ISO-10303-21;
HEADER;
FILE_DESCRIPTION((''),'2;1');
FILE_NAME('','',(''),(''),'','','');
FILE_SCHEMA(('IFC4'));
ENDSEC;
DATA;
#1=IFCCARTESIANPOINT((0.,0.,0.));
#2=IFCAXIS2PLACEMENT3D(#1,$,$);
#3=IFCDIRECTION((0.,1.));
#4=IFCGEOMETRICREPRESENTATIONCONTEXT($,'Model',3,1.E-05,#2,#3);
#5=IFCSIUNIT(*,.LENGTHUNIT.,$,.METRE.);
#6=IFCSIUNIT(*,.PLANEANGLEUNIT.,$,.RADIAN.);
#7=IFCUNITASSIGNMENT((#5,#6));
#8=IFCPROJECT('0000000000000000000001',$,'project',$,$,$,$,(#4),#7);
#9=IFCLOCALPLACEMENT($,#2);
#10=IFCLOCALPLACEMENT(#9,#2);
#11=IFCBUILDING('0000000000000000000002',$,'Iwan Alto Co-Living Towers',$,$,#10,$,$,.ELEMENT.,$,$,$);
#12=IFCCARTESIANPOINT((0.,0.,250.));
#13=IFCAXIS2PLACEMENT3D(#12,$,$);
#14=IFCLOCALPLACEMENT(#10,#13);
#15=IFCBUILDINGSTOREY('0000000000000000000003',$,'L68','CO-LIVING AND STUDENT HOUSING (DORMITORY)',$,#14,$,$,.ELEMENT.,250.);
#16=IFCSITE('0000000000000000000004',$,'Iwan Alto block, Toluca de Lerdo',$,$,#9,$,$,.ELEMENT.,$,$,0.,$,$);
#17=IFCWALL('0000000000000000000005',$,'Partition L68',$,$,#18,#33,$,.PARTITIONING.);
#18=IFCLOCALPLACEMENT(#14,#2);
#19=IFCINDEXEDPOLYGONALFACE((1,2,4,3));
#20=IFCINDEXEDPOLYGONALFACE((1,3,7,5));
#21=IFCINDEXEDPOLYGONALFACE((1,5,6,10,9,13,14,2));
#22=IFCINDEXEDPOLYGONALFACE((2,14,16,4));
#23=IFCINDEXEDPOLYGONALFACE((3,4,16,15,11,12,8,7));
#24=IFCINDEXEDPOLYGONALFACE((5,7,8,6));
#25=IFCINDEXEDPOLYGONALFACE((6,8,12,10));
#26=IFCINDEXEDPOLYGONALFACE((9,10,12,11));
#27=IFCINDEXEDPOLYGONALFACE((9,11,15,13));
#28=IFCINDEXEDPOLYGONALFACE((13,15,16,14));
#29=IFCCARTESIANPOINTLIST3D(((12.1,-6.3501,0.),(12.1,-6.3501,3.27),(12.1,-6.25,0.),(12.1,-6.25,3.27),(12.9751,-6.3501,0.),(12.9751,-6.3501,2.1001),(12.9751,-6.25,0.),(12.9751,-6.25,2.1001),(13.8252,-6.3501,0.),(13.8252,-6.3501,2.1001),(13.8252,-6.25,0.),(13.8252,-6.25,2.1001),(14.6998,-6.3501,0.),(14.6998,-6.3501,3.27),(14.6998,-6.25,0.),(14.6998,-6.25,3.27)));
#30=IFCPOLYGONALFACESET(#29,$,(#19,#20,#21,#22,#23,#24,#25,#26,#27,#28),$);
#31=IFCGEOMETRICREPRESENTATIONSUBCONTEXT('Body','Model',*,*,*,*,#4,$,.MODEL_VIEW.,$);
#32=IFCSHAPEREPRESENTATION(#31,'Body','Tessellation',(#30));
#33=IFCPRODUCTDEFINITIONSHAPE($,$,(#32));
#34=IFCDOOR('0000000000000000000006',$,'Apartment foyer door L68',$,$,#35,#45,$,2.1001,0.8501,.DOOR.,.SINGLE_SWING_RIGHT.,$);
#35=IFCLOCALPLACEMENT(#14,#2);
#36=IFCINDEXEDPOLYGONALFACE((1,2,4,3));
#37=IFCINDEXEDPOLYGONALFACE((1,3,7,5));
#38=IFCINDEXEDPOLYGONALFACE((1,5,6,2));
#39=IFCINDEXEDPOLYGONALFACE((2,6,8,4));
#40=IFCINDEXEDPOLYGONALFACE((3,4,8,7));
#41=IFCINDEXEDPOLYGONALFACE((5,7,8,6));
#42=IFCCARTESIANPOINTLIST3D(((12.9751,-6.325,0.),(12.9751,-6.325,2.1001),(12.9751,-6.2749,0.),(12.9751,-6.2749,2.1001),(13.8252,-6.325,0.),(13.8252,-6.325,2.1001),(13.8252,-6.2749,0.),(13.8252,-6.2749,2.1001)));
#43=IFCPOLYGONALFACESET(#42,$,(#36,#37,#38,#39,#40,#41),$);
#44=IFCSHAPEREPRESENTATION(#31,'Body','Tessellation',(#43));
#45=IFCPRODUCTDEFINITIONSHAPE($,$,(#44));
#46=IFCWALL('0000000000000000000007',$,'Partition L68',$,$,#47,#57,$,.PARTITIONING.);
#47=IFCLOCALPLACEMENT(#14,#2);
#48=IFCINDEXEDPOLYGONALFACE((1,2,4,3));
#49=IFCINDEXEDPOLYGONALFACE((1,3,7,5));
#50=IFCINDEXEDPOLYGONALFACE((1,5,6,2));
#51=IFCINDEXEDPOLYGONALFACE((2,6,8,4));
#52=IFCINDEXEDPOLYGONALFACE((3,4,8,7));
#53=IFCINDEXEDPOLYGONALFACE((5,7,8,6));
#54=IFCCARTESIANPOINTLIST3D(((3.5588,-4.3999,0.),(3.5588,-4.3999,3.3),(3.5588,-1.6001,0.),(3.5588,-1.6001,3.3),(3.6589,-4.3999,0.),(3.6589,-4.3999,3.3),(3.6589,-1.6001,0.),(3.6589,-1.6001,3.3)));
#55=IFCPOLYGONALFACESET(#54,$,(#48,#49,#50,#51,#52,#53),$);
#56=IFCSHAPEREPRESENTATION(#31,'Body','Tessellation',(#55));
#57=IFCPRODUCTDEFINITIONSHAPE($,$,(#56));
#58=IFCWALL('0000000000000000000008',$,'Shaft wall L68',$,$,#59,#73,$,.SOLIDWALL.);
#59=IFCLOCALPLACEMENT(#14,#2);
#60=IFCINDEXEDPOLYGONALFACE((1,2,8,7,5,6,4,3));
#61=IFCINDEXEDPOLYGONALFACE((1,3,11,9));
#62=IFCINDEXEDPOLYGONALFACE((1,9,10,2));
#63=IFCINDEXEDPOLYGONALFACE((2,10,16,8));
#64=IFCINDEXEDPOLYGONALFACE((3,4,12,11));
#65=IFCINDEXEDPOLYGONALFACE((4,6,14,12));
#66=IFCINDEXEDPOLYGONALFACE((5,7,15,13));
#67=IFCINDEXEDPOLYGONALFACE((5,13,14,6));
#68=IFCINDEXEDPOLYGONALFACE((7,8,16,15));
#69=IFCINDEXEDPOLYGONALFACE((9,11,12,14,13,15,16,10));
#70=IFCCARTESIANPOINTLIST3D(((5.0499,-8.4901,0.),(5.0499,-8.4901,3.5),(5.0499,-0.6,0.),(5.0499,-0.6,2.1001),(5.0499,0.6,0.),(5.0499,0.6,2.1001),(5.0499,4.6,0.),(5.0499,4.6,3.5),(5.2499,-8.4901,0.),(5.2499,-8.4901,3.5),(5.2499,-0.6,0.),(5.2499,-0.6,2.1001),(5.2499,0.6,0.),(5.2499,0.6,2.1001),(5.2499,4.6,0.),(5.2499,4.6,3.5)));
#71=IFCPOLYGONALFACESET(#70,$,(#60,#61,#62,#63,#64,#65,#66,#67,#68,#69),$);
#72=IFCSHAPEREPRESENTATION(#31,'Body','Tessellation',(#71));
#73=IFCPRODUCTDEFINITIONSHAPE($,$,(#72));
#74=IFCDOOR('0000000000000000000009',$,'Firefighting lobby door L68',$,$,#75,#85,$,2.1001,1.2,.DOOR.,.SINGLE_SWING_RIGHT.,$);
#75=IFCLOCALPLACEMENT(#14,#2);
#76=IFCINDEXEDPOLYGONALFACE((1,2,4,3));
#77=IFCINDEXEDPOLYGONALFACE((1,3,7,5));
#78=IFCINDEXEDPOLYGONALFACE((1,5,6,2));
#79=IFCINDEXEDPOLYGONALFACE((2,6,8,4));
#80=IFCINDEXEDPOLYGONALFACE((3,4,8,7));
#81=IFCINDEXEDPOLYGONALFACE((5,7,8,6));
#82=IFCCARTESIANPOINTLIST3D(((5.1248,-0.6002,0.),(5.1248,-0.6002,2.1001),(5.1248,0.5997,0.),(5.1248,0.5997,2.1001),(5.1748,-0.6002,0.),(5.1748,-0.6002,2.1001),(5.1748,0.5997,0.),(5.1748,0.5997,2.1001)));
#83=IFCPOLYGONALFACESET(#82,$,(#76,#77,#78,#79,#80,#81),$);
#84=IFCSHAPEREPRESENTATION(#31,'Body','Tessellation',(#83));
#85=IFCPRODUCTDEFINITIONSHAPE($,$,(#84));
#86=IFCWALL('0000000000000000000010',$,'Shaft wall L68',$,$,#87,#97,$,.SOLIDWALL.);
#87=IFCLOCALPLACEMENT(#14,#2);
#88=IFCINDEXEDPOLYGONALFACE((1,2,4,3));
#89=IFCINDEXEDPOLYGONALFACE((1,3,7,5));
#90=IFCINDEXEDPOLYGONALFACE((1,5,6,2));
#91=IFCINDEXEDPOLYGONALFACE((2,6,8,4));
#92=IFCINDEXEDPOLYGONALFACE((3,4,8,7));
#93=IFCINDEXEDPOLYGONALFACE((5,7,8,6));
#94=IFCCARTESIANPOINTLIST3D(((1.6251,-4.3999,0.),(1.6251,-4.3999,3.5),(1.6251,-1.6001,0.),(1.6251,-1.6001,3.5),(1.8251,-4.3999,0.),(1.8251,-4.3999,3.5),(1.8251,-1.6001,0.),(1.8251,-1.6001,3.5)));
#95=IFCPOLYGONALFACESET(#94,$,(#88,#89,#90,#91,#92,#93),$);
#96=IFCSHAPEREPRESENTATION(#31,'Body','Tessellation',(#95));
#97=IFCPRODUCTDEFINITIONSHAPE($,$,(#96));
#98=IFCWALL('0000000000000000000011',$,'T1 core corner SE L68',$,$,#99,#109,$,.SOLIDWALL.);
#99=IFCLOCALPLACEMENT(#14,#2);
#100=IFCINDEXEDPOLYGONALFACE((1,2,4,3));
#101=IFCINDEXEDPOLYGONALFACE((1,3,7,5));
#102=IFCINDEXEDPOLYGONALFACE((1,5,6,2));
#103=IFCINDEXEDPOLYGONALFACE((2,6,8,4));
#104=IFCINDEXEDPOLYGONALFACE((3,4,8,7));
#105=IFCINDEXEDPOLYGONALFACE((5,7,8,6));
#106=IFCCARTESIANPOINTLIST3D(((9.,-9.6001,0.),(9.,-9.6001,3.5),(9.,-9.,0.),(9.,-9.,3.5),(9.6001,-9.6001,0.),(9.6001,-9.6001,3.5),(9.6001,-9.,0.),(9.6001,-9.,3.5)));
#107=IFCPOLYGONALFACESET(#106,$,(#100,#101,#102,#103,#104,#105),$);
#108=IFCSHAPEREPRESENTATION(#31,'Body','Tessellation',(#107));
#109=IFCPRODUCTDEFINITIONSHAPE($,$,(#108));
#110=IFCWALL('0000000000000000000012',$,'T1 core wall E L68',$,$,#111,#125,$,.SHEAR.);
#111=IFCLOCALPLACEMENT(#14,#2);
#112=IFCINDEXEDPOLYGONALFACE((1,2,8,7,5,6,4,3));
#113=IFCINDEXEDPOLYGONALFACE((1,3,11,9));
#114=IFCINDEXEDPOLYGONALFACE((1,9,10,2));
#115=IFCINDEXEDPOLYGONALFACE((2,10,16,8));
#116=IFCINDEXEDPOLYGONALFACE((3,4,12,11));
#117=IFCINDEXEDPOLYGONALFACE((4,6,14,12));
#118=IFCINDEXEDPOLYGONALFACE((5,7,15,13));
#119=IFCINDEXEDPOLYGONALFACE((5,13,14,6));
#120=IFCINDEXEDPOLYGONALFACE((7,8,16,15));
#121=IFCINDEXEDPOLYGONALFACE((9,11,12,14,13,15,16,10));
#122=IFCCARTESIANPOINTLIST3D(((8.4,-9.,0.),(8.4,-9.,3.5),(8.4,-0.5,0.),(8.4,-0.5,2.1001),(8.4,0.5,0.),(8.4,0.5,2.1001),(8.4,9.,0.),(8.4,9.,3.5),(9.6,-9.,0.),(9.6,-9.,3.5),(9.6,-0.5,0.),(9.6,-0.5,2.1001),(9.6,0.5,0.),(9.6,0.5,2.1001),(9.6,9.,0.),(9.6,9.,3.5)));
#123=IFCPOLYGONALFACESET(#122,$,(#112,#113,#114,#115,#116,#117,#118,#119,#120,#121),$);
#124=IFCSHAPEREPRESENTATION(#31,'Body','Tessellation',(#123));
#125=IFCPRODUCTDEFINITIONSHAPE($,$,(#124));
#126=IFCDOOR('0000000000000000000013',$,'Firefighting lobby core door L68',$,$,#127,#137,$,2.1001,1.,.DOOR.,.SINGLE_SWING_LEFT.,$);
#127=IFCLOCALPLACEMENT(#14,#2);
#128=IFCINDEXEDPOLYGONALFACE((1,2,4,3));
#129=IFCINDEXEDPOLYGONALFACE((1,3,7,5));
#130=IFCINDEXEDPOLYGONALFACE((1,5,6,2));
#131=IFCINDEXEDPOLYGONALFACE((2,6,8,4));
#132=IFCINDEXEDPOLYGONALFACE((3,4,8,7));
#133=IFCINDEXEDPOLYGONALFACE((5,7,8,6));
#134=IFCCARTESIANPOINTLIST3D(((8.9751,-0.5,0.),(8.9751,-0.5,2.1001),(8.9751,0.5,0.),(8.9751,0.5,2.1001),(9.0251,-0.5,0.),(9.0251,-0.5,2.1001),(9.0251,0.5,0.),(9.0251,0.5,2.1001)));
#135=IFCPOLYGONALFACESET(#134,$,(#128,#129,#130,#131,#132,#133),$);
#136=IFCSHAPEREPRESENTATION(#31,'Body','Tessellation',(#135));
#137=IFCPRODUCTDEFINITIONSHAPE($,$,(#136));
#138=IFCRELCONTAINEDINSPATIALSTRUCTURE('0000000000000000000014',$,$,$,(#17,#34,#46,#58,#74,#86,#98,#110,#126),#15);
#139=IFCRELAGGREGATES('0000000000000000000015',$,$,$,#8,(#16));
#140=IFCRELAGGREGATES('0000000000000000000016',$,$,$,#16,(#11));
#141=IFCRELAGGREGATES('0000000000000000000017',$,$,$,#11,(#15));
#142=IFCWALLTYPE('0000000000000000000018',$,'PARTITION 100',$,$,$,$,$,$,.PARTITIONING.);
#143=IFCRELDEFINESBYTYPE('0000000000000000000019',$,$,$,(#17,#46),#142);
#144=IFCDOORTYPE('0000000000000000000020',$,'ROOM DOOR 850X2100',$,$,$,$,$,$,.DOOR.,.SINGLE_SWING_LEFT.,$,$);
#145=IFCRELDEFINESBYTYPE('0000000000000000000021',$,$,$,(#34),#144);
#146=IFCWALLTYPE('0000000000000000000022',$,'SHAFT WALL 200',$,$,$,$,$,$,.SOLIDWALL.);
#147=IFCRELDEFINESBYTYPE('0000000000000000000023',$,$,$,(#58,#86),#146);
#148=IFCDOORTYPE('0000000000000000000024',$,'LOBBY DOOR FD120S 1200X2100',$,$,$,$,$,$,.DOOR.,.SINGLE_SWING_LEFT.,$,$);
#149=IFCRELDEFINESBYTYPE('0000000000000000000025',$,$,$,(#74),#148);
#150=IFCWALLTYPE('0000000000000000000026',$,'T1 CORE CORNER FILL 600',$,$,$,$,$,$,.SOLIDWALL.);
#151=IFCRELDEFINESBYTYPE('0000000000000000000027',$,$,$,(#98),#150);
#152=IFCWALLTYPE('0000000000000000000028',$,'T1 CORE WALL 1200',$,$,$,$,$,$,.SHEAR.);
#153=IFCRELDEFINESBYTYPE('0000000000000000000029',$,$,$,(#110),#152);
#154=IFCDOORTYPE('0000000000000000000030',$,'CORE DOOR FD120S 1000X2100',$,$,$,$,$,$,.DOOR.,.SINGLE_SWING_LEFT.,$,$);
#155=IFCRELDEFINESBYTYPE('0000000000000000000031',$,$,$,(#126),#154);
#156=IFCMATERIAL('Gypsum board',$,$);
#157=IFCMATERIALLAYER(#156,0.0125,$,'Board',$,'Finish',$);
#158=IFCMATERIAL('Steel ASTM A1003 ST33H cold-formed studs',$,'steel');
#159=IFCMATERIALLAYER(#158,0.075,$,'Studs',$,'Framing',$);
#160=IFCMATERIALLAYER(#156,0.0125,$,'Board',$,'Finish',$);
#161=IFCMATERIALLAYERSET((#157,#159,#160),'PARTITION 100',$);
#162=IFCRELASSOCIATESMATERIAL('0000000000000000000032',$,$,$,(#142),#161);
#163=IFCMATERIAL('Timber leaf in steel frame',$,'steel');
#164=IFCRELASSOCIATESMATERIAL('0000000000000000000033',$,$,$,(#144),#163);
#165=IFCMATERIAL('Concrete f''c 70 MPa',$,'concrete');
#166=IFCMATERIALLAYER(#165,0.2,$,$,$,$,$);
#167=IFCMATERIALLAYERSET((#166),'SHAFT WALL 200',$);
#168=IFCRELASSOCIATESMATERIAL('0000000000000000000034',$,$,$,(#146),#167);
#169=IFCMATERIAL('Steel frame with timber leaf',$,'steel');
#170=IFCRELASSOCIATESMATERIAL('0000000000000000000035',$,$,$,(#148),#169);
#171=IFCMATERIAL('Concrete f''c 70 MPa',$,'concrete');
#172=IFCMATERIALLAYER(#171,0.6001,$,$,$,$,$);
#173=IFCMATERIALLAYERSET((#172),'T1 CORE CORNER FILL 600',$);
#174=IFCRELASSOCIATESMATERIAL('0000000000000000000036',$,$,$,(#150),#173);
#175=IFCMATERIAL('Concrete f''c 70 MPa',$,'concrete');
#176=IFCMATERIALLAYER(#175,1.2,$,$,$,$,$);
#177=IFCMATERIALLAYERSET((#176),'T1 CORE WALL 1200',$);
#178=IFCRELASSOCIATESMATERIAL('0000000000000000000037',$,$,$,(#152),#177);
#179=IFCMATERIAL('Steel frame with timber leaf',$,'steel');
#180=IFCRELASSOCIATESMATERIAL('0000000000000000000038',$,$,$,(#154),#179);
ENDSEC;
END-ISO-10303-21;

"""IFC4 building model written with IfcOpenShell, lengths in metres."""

from ifc_helpers import new_model, si_unit, direction, frame, frame_2d, origin, place, context, subcontext, project, spatial, rectangle, extrude, material, layer, layer_set, type_object, element, fill, save


model = new_model("IFC4")

# Units and contexts
model_context = context("Model", 3, precision=1e-05, world=origin(), true_north=direction((0.0, 1.0)))
body_context = subcontext(model_context, "Body", "Model", "MODEL_VIEW")
ifc_project = project(units=[si_unit("LENGTHUNIT", "METRE"), si_unit("PLANEANGLEUNIT", "RADIAN")], contexts=[model_context])

# Site, building, storey
site_placement = place(None, origin())
site = spatial("IfcSite", under=ifc_project, at=site_placement, Name="Iwan Alto block, Toluca de Lerdo", CompositionType="ELEMENT", RefElevation=0.0)
building_placement = place(site_placement, origin())
building = spatial("IfcBuilding", under=site, at=building_placement, Name="Iwan Alto Co-Living Towers", CompositionType="ELEMENT")
storey_placement = place(building_placement, frame((0.0, 0.0, 250.0)))
storey = spatial("IfcBuildingStorey", under=building, at=storey_placement, Name="L68", Description="CO-LIVING AND STUDENT HOUSING (DORMITORY)", CompositionType="ELEMENT", Elevation=250.0)

# Shared definitions
ifc_material_1 = material(Name="Gypsum board")
ifc_material_2 = material(Name="Steel ASTM A1003 ST33H cold-formed studs", Category="steel")

# Shared definitions
ifc_layer_1 = layer(ifc_material_1, 0.0125, Name="Board", Category="Finish")
ifc_layer_2 = layer(ifc_material_2, 0.075, Name="Studs", Category="Framing")
ifc_layer_3 = layer(ifc_material_1, 0.0125, Name="Board", Category="Finish")
ifc_layer_set_1 = layer_set([ifc_layer_1, ifc_layer_2, ifc_layer_3], Name="PARTITION 100")
wall_type_1 = type_object("IfcWallType", Name="PARTITION 100", PredefinedType="PARTITIONING", material=ifc_layer_set_1)

# Wall, opening, door
wall_1_placement = place(storey_placement, frame((12.1001, -6.3, 0.0), z_axis=(0.0, 0.0, 1.0), x_axis=(1.0, 0.0, 0.0)))
wall_1 = element("IfcWall", 1, at=wall_1_placement, inside=storey, type_object=wall_type_1, Name="Partition L68", PredefinedType="PARTITIONING", context=body_context, shape_type="SweptSolid", body=[
    extrude(rectangle(XDim=2.5999, YDim=0.1001, at=frame_2d((1.2998, 0.0))), origin(), (0.0, 0.0, 1.0), 3.27),
])
opening_1_placement = place(wall_1_placement, frame((0.875, 0.0, 0.0)))
opening_1 = element("IfcOpeningElement", 2, at=opening_1_placement, cuts=wall_1, PredefinedType="OPENING", context=body_context, shape_type="SweptSolid", body=[
    extrude(rectangle(XDim=0.8501, YDim=2.1001, at=frame_2d((0.425, 1.05))), frame((0.0, 0.0601, 0.0), z_axis=(0.0, -1.0, 0.0), x_axis=(1.0, 0.0, 0.0)), (0.0, 0.0, 1.0), 0.1201),
])
ifc_material_3 = material(Name="Timber leaf in steel frame", Category="steel")
door_type_1 = type_object("IfcDoorType", Name="ROOM DOOR 850X2100", OperationType="SINGLE_SWING_LEFT", PredefinedType="DOOR", material=ifc_material_3)
door_1_placement = place(opening_1_placement, frame((0.8501, 0.0, 0.0), z_axis=(0.0, 0.0, 1.0), x_axis=(-1.0, 0.0, 0.0)))
door_1 = element("IfcDoor", 3, at=door_1_placement, inside=storey, type_object=door_type_1, Name="Apartment foyer door L68", OperationType="SINGLE_SWING_RIGHT", OverallHeight=2.1001, OverallWidth=0.8501, PredefinedType="DOOR", context=body_context, shape_type="SweptSolid", body=[
    extrude(rectangle(XDim=0.8501, YDim=2.1001, at=frame_2d((0.425, 1.05))), frame((0.0, 0.0249, 0.0), z_axis=(0.0, -1.0, 0.0), x_axis=(1.0, 0.0, 0.0)), (0.0, 0.0, 1.0), 0.05),
])
fill(opening_1, door_1)

# Wall
wall_2_placement = place(storey_placement, frame((3.6089, -4.3999, 0.0), z_axis=(0.0, 0.0, 1.0), x_axis=(0.0, 1.0, 0.0)))
element("IfcWall", 4, at=wall_2_placement, inside=storey, type_object=wall_type_1, Name="Partition L68", PredefinedType="PARTITIONING", context=body_context, shape_type="SweptSolid", body=[
    extrude(rectangle(XDim=2.7998, YDim=0.1001, at=frame_2d((1.3999, 0.0))), origin(), (0.0, 0.0, 1.0), 3.3),
])

# Wall, opening, door
ifc_material_4 = material(Name="Concrete f'c 70 MPa", Category="concrete")
ifc_layer_4 = layer(ifc_material_4, 0.2)
ifc_layer_set_2 = layer_set([ifc_layer_4], Name="SHAFT WALL 200")
wall_type_2 = type_object("IfcWallType", Name="SHAFT WALL 200", PredefinedType="SOLIDWALL", material=ifc_layer_set_2)
wall_3_placement = place(storey_placement, frame((5.1499, -8.49, 0.0), z_axis=(0.0, 0.0, 1.0), x_axis=(0.0, 1.0, 0.0)))
wall_3 = element("IfcWall", 5, at=wall_3_placement, inside=storey, type_object=wall_type_2, Name="Shaft wall L68", PredefinedType="SOLIDWALL", context=body_context, shape_type="SweptSolid", body=[
    extrude(rectangle(XDim=13.0901, YDim=0.2, at=frame_2d((6.5449, 0.0))), origin(), (0.0, 0.0, 1.0), 3.5),
])
opening_2_placement = place(wall_3_placement, frame((7.8899, 0.0, 0.0)))
opening_2 = element("IfcOpeningElement", 6, at=opening_2_placement, cuts=wall_3, PredefinedType="OPENING", context=body_context, shape_type="SweptSolid", body=[
    extrude(rectangle(XDim=1.2, YDim=2.1001, at=frame_2d((0.6001, 1.05))), frame((0.0, 0.1099, 0.0), z_axis=(0.0, -1.0, 0.0), x_axis=(1.0, 0.0, 0.0)), (0.0, 0.0, 1.0), 0.22),
])
ifc_material_5 = material(Name="Steel frame with timber leaf", Category="steel")
door_type_2 = type_object("IfcDoorType", Name="LOBBY DOOR FD120S 1200X2100", OperationType="SINGLE_SWING_LEFT", PredefinedType="DOOR", material=ifc_material_5)
door_2_placement = place(opening_2_placement, frame((1.2, 0.0, 0.0), z_axis=(0.0, 0.0, 1.0), x_axis=(-1.0, 0.0, 0.0)))
door_2 = element("IfcDoor", 7, at=door_2_placement, inside=storey, type_object=door_type_2, Name="Firefighting lobby door L68", OperationType="SINGLE_SWING_RIGHT", OverallHeight=2.1001, OverallWidth=1.2, PredefinedType="DOOR", context=body_context, shape_type="SweptSolid", body=[
    extrude(rectangle(XDim=1.2, YDim=2.1001, at=frame_2d((0.6001, 1.05))), frame((0.0, 0.0249, 0.0), z_axis=(0.0, -1.0, 0.0), x_axis=(1.0, 0.0, 0.0)), (0.0, 0.0, 1.0), 0.05),
])
fill(opening_2, door_2)

# Walls
wall_4_placement = place(storey_placement, frame((1.7251, -4.3999, 0.0), z_axis=(0.0, 0.0, 1.0), x_axis=(0.0, 1.0, 0.0)))
element("IfcWall", 8, at=wall_4_placement, inside=storey, type_object=wall_type_2, Name="Shaft wall L68", PredefinedType="SOLIDWALL", context=body_context, shape_type="SweptSolid", body=[
    extrude(rectangle(XDim=2.7998, YDim=0.2, at=frame_2d((1.3999, 0.0))), origin(), (0.0, 0.0, 1.0), 3.5),
])
ifc_material_6 = material(Name="Concrete f'c 70 MPa", Category="concrete")
ifc_layer_5 = layer(ifc_material_6, 0.6001)
ifc_layer_set_3 = layer_set([ifc_layer_5], Name="T1 CORE CORNER FILL 600")
wall_type_3 = type_object("IfcWallType", Name="T1 CORE CORNER FILL 600", PredefinedType="SOLIDWALL", material=ifc_layer_set_3)
wall_5_placement = place(storey_placement, frame((9.0, -9.3, 0.0), z_axis=(0.0, 0.0, 1.0), x_axis=(1.0, 0.0, 0.0)))
element("IfcWall", 9, at=wall_5_placement, inside=storey, type_object=wall_type_3, Name="T1 core corner SE L68", PredefinedType="SOLIDWALL", context=body_context, shape_type="SweptSolid", body=[
    extrude(rectangle(XDim=0.6001, YDim=0.6001, at=frame_2d((0.3, 0.0))), origin(), (0.0, 0.0, 1.0), 3.5),
])

# Wall, opening, door
ifc_material_7 = material(Name="Concrete f'c 70 MPa", Category="concrete")
ifc_layer_6 = layer(ifc_material_7, 1.2)
ifc_layer_set_4 = layer_set([ifc_layer_6], Name="T1 CORE WALL 1200")
wall_type_4 = type_object("IfcWallType", Name="T1 CORE WALL 1200", PredefinedType="SHEAR", material=ifc_layer_set_4)
wall_6_placement = place(storey_placement, frame((9.0, -9.0, 0.0), z_axis=(0.0, 0.0, 1.0), x_axis=(0.0, 1.0, 0.0)))
wall_6 = element("IfcWall", 10, at=wall_6_placement, inside=storey, type_object=wall_type_4, Name="T1 core wall E L68", PredefinedType="SHEAR", context=body_context, shape_type="SweptSolid", body=[
    extrude(rectangle(XDim=18.0, YDim=1.2, at=frame_2d((9.0, 0.0))), origin(), (0.0, 0.0, 1.0), 3.5),
])
opening_3_placement = place(wall_6_placement, frame((8.5, 0.0, 0.0)))
opening_3 = element("IfcOpeningElement", 11, at=opening_3_placement, cuts=wall_6, PredefinedType="OPENING", context=body_context, shape_type="SweptSolid", body=[
    extrude(rectangle(XDim=1.0, YDim=2.1001, at=frame_2d((0.5, 1.05))), frame((0.0, 0.6099, 0.0), z_axis=(0.0, -1.0, 0.0), x_axis=(1.0, 0.0, 0.0)), (0.0, 0.0, 1.0), 1.22),
])
ifc_material_8 = material(Name="Steel frame with timber leaf", Category="steel")
door_type_3 = type_object("IfcDoorType", Name="CORE DOOR FD120S 1000X2100", OperationType="SINGLE_SWING_LEFT", PredefinedType="DOOR", material=ifc_material_8)
door_3_placement = place(opening_3_placement, origin())
door_3 = element("IfcDoor", 12, at=door_3_placement, inside=storey, type_object=door_type_3, Name="Firefighting lobby core door L68", OperationType="SINGLE_SWING_LEFT", OverallHeight=2.1001, OverallWidth=1.0, PredefinedType="DOOR", context=body_context, shape_type="SweptSolid", body=[
    extrude(rectangle(XDim=1.0, YDim=2.1001, at=frame_2d((0.5, 1.05))), frame((0.0, 0.0249, 0.0), z_axis=(0.0, -1.0, 0.0), x_axis=(1.0, 0.0, 0.0)), (0.0, 0.0, 1.0), 0.05),
])
fill(opening_3, door_3)

save(model, "model.ifc")
